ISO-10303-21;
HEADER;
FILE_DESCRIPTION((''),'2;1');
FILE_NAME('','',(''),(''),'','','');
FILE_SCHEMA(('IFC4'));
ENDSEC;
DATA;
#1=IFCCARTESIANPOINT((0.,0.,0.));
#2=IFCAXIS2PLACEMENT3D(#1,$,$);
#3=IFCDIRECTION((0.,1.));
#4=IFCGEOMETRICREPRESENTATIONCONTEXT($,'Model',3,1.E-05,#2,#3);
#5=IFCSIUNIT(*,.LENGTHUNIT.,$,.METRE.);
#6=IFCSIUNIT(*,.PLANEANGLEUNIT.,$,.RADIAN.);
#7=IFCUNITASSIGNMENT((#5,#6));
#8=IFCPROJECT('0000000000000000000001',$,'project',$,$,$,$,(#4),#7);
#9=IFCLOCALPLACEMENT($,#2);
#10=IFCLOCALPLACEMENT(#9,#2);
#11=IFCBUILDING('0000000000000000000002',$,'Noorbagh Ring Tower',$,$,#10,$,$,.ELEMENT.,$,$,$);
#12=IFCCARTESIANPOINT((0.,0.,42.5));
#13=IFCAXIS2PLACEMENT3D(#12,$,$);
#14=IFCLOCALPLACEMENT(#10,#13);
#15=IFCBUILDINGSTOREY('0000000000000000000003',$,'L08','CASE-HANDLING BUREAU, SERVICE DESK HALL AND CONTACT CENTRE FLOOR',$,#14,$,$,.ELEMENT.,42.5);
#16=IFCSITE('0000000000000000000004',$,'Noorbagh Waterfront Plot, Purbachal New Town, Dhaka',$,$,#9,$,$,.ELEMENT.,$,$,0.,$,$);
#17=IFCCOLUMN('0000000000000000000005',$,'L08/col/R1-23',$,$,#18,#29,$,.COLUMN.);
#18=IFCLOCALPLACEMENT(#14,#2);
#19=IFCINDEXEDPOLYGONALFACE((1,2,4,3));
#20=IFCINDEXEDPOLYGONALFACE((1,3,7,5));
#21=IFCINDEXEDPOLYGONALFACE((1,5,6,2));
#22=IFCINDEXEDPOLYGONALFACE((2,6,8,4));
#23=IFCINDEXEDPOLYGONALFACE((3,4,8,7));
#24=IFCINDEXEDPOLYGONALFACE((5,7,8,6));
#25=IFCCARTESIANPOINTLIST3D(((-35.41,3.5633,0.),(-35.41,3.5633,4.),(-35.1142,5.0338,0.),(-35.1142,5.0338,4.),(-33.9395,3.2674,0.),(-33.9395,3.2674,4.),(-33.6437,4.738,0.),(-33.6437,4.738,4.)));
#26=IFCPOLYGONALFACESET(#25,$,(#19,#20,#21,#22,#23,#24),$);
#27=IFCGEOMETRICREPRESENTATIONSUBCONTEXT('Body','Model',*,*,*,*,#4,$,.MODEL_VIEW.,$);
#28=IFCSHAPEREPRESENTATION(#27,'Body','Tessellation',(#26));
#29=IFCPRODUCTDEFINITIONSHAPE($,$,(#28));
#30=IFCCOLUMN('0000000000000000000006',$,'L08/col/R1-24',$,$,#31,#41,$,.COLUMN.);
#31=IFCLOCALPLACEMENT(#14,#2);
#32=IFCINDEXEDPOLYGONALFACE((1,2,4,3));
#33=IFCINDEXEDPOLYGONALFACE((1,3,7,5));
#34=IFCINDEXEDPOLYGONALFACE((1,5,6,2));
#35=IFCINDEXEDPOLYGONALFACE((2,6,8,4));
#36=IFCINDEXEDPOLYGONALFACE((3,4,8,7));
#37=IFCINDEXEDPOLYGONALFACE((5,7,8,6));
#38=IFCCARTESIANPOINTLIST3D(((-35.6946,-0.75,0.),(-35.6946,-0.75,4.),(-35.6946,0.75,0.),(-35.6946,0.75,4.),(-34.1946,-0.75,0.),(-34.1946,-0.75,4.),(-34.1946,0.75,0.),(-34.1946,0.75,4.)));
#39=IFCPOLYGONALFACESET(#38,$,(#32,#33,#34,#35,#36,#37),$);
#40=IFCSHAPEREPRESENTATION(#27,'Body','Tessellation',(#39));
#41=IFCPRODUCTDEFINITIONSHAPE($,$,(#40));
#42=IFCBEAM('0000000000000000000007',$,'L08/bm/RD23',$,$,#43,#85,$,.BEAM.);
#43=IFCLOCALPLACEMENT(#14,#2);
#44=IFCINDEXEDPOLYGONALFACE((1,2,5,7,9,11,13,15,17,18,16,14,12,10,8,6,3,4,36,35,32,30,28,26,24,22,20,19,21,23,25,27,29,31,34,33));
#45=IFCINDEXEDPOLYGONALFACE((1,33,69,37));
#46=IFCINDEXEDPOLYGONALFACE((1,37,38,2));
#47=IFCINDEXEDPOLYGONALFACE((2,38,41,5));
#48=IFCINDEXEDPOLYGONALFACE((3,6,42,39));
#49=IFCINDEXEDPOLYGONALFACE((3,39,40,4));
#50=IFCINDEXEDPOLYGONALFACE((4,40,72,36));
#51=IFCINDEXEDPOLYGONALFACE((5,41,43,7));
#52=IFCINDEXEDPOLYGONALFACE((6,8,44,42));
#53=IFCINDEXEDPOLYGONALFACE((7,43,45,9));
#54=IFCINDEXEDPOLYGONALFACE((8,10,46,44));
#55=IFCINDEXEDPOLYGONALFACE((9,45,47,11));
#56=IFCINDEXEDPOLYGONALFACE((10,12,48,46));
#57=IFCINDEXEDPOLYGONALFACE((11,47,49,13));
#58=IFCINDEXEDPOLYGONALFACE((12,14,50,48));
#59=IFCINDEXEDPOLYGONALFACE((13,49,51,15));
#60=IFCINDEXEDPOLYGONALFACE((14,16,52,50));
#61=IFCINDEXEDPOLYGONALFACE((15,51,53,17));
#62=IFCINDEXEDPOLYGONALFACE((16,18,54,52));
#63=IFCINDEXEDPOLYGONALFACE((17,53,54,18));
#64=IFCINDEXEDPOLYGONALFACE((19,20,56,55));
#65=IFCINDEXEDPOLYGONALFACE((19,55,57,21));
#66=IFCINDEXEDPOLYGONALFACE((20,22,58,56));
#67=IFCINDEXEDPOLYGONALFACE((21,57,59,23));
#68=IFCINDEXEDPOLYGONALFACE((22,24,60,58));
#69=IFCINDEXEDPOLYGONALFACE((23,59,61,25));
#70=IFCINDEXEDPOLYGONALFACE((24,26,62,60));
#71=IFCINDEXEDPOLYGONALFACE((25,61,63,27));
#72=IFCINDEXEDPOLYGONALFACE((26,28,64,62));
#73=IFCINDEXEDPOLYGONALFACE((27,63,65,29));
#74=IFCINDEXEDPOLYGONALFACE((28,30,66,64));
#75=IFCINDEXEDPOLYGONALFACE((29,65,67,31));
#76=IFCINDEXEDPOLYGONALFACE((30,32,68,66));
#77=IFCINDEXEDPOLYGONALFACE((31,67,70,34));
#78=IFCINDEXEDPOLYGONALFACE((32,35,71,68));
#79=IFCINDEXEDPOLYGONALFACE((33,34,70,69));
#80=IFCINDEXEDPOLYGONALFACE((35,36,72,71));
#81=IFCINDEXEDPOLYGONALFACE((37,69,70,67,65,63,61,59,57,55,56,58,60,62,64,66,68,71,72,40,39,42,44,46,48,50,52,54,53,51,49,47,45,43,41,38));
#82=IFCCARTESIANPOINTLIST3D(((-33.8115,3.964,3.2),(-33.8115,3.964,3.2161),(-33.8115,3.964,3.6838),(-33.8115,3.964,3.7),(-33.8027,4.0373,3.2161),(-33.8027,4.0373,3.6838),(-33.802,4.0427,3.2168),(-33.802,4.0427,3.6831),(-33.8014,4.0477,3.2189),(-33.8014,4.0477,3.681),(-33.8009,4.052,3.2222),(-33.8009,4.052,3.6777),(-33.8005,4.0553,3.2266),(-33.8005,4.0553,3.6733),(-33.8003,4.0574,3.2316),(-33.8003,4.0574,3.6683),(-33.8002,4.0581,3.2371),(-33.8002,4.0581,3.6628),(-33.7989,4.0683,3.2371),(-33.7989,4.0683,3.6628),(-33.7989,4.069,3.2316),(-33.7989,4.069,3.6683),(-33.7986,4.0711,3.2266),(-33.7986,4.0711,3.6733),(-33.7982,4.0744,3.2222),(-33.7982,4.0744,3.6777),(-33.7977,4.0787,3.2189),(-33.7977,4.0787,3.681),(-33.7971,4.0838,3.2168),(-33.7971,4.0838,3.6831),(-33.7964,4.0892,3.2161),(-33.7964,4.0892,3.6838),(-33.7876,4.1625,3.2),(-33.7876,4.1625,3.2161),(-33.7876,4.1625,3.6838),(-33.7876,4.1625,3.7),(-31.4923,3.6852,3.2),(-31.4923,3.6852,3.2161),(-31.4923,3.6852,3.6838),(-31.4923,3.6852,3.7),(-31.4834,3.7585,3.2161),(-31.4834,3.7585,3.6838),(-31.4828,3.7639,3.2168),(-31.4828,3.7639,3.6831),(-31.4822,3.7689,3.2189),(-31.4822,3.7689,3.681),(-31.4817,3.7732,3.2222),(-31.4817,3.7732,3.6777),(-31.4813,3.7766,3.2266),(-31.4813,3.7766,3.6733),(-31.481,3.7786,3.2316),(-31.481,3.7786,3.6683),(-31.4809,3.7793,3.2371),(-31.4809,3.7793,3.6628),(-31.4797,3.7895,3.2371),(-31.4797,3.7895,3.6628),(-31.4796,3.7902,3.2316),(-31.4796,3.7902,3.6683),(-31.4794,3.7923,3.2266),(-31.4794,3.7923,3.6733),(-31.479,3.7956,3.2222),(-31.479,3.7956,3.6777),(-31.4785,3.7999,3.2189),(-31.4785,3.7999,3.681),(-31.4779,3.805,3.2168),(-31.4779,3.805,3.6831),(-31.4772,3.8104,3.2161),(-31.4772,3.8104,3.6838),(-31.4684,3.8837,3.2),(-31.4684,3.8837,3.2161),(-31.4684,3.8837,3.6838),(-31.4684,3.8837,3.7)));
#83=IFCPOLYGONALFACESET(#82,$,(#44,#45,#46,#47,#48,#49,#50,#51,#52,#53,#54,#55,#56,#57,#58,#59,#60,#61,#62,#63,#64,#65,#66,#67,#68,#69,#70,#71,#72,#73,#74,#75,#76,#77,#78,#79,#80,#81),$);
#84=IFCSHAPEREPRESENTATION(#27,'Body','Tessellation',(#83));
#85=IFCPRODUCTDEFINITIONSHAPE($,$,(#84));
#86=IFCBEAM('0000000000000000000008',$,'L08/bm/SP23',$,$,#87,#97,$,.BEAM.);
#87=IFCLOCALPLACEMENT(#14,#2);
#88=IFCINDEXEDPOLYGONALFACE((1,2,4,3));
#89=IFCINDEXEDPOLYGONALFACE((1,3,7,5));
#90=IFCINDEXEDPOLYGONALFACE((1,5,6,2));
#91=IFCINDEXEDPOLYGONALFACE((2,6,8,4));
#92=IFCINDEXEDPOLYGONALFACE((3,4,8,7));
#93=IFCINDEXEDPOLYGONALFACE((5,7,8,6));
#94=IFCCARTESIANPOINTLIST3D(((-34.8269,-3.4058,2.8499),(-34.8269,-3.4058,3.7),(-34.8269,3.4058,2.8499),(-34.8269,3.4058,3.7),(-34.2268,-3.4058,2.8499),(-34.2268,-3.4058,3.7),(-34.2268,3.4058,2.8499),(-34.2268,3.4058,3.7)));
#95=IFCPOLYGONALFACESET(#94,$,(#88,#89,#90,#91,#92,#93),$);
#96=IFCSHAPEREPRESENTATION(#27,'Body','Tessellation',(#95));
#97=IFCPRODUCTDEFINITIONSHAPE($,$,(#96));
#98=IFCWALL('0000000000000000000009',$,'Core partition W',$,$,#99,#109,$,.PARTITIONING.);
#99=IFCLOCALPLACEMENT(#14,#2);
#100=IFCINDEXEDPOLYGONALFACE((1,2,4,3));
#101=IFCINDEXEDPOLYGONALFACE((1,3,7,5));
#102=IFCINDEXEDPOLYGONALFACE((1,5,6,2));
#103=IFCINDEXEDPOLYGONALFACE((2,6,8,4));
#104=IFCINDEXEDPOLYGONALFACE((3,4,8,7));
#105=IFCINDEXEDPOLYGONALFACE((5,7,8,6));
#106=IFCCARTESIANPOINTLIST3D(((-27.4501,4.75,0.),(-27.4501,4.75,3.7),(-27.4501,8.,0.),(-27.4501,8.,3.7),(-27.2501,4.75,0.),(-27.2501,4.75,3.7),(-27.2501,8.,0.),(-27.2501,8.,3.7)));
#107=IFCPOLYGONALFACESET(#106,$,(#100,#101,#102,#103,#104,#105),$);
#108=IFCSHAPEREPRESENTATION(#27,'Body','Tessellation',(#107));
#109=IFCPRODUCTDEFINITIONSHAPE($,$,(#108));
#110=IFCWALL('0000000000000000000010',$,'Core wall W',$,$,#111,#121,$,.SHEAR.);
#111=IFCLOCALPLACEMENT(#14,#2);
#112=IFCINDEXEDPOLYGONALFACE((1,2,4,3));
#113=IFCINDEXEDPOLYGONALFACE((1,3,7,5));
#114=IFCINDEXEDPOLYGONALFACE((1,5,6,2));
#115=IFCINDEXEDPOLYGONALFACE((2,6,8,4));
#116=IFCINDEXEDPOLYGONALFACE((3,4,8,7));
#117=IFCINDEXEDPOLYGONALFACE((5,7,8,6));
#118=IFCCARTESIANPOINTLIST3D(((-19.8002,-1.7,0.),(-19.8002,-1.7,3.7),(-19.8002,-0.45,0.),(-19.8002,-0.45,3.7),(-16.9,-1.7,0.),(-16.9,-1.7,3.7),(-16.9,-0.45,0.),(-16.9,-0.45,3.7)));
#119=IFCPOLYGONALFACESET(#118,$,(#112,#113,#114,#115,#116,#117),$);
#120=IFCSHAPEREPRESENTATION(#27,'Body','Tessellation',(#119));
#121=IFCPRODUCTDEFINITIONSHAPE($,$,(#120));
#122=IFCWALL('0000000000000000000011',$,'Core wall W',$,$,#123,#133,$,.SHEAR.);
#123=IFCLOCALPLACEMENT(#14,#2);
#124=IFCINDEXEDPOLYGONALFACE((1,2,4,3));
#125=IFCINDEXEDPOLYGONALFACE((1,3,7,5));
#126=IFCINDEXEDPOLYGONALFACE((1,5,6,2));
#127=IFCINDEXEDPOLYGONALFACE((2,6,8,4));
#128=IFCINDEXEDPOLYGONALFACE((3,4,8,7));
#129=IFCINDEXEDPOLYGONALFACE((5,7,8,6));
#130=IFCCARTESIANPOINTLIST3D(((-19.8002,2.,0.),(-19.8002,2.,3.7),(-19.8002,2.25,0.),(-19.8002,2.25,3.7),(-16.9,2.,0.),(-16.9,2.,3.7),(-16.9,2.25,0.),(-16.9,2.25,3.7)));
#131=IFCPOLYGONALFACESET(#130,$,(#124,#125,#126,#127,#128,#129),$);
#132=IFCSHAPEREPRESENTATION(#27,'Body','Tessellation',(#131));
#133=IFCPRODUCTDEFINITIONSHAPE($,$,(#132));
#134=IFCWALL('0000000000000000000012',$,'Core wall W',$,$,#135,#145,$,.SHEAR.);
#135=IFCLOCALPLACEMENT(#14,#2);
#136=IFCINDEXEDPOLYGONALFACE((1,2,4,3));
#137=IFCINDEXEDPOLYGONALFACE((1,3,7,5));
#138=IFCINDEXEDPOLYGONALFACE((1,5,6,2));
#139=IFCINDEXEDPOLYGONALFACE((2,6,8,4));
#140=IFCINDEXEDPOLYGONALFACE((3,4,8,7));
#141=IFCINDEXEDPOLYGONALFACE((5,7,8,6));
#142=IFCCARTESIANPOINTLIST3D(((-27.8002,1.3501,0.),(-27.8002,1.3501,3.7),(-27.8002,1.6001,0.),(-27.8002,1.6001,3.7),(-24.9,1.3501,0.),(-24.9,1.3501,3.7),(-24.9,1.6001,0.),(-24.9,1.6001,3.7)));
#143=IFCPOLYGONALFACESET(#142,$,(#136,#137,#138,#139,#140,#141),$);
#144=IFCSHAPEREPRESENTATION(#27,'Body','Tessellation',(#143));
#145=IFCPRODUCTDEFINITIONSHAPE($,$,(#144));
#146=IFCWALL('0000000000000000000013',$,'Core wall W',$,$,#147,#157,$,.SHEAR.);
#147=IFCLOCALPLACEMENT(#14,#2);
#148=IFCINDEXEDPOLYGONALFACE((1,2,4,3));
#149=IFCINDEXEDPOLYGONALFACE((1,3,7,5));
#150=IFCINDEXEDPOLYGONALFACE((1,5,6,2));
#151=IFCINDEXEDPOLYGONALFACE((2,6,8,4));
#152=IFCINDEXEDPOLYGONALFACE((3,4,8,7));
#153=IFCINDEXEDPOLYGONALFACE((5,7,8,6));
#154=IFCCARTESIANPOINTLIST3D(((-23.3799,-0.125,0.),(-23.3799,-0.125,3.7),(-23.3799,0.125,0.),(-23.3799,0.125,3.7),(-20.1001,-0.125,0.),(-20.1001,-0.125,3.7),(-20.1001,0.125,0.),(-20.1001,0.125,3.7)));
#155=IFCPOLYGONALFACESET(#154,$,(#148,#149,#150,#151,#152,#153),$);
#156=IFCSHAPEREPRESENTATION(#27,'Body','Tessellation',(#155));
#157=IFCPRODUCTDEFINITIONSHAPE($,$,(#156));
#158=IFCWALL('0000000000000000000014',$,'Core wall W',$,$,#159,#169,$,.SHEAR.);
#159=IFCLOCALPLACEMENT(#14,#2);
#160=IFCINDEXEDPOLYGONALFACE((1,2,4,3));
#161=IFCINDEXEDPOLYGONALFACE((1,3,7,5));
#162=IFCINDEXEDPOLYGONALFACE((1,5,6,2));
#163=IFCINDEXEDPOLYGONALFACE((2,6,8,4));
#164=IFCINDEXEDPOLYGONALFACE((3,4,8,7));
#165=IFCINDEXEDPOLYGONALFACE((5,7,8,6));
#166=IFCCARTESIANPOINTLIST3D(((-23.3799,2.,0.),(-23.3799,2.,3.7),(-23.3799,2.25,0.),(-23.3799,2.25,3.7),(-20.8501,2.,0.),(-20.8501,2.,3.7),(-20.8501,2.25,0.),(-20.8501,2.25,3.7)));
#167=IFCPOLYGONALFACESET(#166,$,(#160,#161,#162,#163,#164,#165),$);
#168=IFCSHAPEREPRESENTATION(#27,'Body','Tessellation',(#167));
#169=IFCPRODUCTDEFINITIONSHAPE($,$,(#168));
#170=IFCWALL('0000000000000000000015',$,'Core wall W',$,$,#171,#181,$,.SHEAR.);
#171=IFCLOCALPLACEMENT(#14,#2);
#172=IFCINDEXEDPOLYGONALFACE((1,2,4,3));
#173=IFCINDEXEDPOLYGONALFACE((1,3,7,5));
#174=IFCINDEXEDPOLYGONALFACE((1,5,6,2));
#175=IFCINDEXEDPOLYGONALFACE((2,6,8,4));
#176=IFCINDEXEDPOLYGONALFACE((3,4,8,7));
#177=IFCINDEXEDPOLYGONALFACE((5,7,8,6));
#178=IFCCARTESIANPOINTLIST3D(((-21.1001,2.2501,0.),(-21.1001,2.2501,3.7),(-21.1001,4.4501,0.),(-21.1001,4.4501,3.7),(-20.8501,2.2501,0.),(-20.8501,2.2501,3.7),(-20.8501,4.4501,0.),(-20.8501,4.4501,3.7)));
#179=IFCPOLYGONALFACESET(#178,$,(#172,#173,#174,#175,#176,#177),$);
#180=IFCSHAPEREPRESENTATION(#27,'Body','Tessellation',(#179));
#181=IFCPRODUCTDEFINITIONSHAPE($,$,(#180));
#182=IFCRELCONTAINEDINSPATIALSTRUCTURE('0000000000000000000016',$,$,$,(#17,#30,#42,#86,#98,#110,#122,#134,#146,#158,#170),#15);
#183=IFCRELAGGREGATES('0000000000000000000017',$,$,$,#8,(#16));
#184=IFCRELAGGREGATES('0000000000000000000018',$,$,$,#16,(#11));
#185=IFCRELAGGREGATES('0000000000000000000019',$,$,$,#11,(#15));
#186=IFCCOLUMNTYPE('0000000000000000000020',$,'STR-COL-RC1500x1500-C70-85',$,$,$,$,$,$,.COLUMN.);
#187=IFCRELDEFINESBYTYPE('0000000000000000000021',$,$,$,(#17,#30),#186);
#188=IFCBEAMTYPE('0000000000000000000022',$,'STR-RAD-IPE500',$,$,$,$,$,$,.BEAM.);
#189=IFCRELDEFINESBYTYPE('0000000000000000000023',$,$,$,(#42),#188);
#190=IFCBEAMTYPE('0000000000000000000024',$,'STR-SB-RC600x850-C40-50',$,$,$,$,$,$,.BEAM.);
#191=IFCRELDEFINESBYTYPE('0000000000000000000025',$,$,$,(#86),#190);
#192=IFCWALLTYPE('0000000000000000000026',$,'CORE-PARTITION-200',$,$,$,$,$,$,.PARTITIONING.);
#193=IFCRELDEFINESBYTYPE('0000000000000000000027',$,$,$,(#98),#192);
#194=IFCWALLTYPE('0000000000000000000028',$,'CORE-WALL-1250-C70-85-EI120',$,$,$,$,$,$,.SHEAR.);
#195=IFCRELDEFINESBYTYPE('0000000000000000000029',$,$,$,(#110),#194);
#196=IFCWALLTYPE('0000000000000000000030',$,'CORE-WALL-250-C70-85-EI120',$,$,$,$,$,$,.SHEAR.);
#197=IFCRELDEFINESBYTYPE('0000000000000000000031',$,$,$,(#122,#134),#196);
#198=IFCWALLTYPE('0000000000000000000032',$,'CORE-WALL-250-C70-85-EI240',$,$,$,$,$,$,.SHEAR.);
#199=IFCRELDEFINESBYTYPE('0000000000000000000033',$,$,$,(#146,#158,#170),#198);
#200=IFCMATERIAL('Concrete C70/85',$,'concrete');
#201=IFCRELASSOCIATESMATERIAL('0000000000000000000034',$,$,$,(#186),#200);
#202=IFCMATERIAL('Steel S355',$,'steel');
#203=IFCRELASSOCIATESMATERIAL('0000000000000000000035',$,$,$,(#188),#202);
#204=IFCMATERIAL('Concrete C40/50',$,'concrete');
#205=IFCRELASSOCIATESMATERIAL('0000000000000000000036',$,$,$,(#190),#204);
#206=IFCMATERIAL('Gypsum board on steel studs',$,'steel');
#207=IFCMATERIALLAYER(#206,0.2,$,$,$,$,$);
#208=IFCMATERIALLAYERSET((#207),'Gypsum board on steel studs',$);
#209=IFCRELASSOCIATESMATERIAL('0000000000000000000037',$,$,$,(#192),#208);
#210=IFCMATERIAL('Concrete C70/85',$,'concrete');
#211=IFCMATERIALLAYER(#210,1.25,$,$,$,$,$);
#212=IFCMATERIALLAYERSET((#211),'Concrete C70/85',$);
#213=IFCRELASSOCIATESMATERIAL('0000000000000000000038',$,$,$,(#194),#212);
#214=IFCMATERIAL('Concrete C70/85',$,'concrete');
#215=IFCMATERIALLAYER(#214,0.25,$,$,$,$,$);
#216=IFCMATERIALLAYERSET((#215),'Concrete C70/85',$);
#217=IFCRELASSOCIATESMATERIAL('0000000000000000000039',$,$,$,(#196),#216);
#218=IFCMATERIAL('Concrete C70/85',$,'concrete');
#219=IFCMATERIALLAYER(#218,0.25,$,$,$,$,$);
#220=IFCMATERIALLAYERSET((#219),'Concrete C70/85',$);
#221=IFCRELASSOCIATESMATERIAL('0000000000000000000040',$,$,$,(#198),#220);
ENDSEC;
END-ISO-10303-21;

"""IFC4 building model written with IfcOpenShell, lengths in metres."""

from ifc_helpers import new_model, si_unit, direction, frame, frame_2d, origin, origin_2d, place, context, subcontext, project, spatial, rectangle, i_section, extrude, material, layer, layer_set, material_profile, profile_set, type_object, element, save


model = new_model("IFC4")

# Units and contexts
model_context = context("Model", 3, precision=1e-05, world=origin(), true_north=direction((0.0, 1.0)))
body_context = subcontext(model_context, "Body", "Model", "MODEL_VIEW")
ifc_project = project(units=[si_unit("LENGTHUNIT", "METRE"), si_unit("PLANEANGLEUNIT", "RADIAN")], contexts=[model_context])

# Site, building, storey
site_placement = place(None, origin())
site = spatial("IfcSite", under=ifc_project, at=site_placement, Name="Noorbagh Waterfront Plot, Purbachal New Town, Dhaka", CompositionType="ELEMENT", RefElevation=0.0)
building_placement = place(site_placement, origin())
building = spatial("IfcBuilding", under=site, at=building_placement, Name="Noorbagh Ring Tower", CompositionType="ELEMENT")
storey_placement = place(building_placement, frame((0.0, 0.0, 42.5)))
storey = spatial("IfcBuildingStorey", under=building, at=storey_placement, Name="L08", Description="CASE-HANDLING BUREAU, SERVICE DESK HALL AND CONTACT CENTRE FLOOR", CompositionType="ELEMENT", Elevation=42.5)

# Columns
ifc_material_1 = material(Name="Concrete C70/85", Category="concrete")
ifc_material_profile_1 = material_profile(ifc_material_1, rectangle(XDim=1.5, YDim=1.5, at=origin_2d()), Name="RC1500x1500")
ifc_profile_set_1 = profile_set([ifc_material_profile_1], Name="Concrete C70/85")
column_type = type_object("IfcColumnType", Name="STR-COL-RC1500x1500-C70-85", PredefinedType="COLUMN", material=ifc_profile_set_1)
for number, where, z_axis, x_axis, name in (
    (1, (-34.5269, 4.1506, 0.0), (0.0, 0.0, 1.0), (-0.19723, -0.980357, 0.0), "L08/col/R1-23"),
    (2, (-34.9446, 0.0, 0.0), (0.0, 0.0, 1.0), (0.0, -1.0, 0.0), "L08/col/R1-24"),
):
    element("IfcColumn", number, at=place(storey_placement, frame(where, z_axis=z_axis, x_axis=x_axis)), inside=storey, type_object=column_type, Name=name, PredefinedType="COLUMN", context=body_context, shape_type="SweptSolid", body=[
        extrude(rectangle(XDim=1.5, YDim=1.5, at=origin_2d()), origin(), (0.0, 0.0, 1.0), 4.0),
    ])

# Beams
ifc_material_2 = material(Name="Steel S355", Category="steel")
ifc_material_profile_2 = material_profile(ifc_material_2, i_section(OverallWidth=0.2, OverallDepth=0.5, WebThickness=0.0103, FlangeThickness=0.0161, FilletRadius=0.021, at=origin_2d()), Name="IPE500")
ifc_profile_set_2 = profile_set([ifc_material_profile_2], Name="Steel S355")
beam_type_1 = type_object("IfcBeamType", Name="STR-RAD-IPE500", PredefinedType="BEAM", material=ifc_profile_set_2)
beam_1_placement = place(storey_placement, frame((-33.7996, 4.0632, 3.45), z_axis=(0.992852, -0.119351, 0.0), x_axis=(0.119351, 0.992852, 0.0)))
element("IfcBeam", 3, at=beam_1_placement, inside=storey, type_object=beam_type_1, Name="L08/bm/RD23", PredefinedType="BEAM", context=body_context, shape_type="SweptSolid", body=[
    extrude(i_section(OverallWidth=0.2, OverallDepth=0.5, WebThickness=0.0103, FlangeThickness=0.0161, FilletRadius=0.021, at=origin_2d()), origin(), (0.0, 0.0, 1.0), 2.3359),
])
ifc_material_3 = material(Name="Concrete C40/50", Category="concrete")
ifc_material_profile_3 = material_profile(ifc_material_3, rectangle(XDim=0.6001, YDim=0.8501, at=origin_2d()), Name="RC600x850")
ifc_profile_set_3 = profile_set([ifc_material_profile_3], Name="Concrete C40/50")
beam_type_2 = type_object("IfcBeamType", Name="STR-SB-RC600x850-C40-50", PredefinedType="BEAM", material=ifc_profile_set_3)
beam_2_placement = place(storey_placement, frame((-34.5269, 3.4058, 3.2749), z_axis=(0.0, -1.0, 0.0), x_axis=(1.0, 0.0, 0.0)))
element("IfcBeam", 4, at=beam_2_placement, inside=storey, type_object=beam_type_2, Name="L08/bm/SP23", PredefinedType="BEAM", context=body_context, shape_type="SweptSolid", body=[
    extrude(rectangle(XDim=0.6001, YDim=0.8501, at=origin_2d()), origin(), (0.0, 0.0, 1.0), 6.8115),
])

# Walls
ifc_material_4 = material(Name="Gypsum board on steel studs", Category="steel")
ifc_layer_1 = layer(ifc_material_4, 0.2)
ifc_layer_set_1 = layer_set([ifc_layer_1], Name="Gypsum board on steel studs")
wall_type_1 = type_object("IfcWallType", Name="CORE-PARTITION-200", PredefinedType="PARTITIONING", material=ifc_layer_set_1)
wall_1_placement = place(storey_placement, frame((-27.3501, 4.75, 0.0), z_axis=(0.0, 0.0, 1.0), x_axis=(0.0, 1.0, 0.0)))
element("IfcWall", 5, at=wall_1_placement, inside=storey, type_object=wall_type_1, Name="Core partition W", PredefinedType="PARTITIONING", context=body_context, shape_type="SweptSolid", body=[
    extrude(rectangle(XDim=3.25, YDim=0.2, at=frame_2d((1.625, 0.0))), origin(), (0.0, 0.0, 1.0), 3.7),
])
ifc_material_5 = material(Name="Concrete C70/85", Category="concrete")
ifc_layer_2 = layer(ifc_material_5, 1.25)
ifc_layer_set_2 = layer_set([ifc_layer_2], Name="Concrete C70/85")
wall_type_2 = type_object("IfcWallType", Name="CORE-WALL-1250-C70-85-EI120", PredefinedType="SHEAR", material=ifc_layer_set_2)
wall_2_placement = place(storey_placement, frame((-16.8999, -1.075, 0.0), z_axis=(0.0, 0.0, 1.0), x_axis=(-1.0, 0.0, 0.0)))
element("IfcWall", 6, at=wall_2_placement, inside=storey, type_object=wall_type_2, Name="Core wall W", PredefinedType="SHEAR", context=body_context, shape_type="SweptSolid", body=[
    extrude(rectangle(XDim=2.9001, YDim=1.25, at=frame_2d((1.4502, 0.0))), origin(), (0.0, 0.0, 1.0), 3.7),
])
ifc_material_6 = material(Name="Concrete C70/85", Category="concrete")
ifc_layer_3 = layer(ifc_material_6, 0.25)
ifc_layer_set_3 = layer_set([ifc_layer_3], Name="Concrete C70/85")
wall_type_3 = type_object("IfcWallType", Name="CORE-WALL-250-C70-85-EI120", PredefinedType="SHEAR", material=ifc_layer_set_3)
for number, where, z_axis, x_axis, name in (
    (7, (-16.8999, 2.125, 0.0), (0.0, 0.0, 1.0), (-1.0, 0.0, 0.0), "Core wall W"),
    (8, (-24.8999, 1.4751, 0.0), (0.0, 0.0, 1.0), (-1.0, 0.0, 0.0), "Core wall W"),
):
    element("IfcWall", number, at=place(storey_placement, frame(where, z_axis=z_axis, x_axis=x_axis)), inside=storey, type_object=wall_type_3, Name=name, PredefinedType="SHEAR", context=body_context, shape_type="SweptSolid", body=[
        extrude(rectangle(XDim=2.9001, YDim=0.25, at=frame_2d((1.4502, 0.0))), origin(), (0.0, 0.0, 1.0), 3.7),
    ])
ifc_material_7 = material(Name="Concrete C70/85", Category="concrete")
ifc_layer_4 = layer(ifc_material_7, 0.25)
ifc_layer_set_4 = layer_set([ifc_layer_4], Name="Concrete C70/85")
wall_type_4 = type_object("IfcWallType", Name="CORE-WALL-250-C70-85-EI240", PredefinedType="SHEAR", material=ifc_layer_set_4)
wall_3_placement = place(storey_placement, frame((-20.1001, 0.0, 0.0), z_axis=(0.0, 0.0, 1.0), x_axis=(-1.0, 0.0, 0.0)))
element("IfcWall", 9, at=wall_3_placement, inside=storey, type_object=wall_type_4, Name="Core wall W", PredefinedType="SHEAR", context=body_context, shape_type="SweptSolid", body=[
    extrude(rectangle(XDim=3.2798, YDim=0.25, at=frame_2d((1.6399, 0.0))), origin(), (0.0, 0.0, 1.0), 3.7),
])
wall_4_placement = place(storey_placement, frame((-20.8501, 2.125, 0.0), z_axis=(0.0, 0.0, 1.0), x_axis=(-1.0, 0.0, 0.0)))
element("IfcWall", 10, at=wall_4_placement, inside=storey, type_object=wall_type_4, Name="Core wall W", PredefinedType="SHEAR", context=body_context, shape_type="SweptSolid", body=[
    extrude(rectangle(XDim=2.5298, YDim=0.25, at=frame_2d((1.2649, 0.0))), origin(), (0.0, 0.0, 1.0), 3.7),
])
wall_5_placement = place(storey_placement, frame((-20.9751, 2.25, 0.0), z_axis=(0.0, 0.0, 1.0), x_axis=(0.0, 1.0, 0.0)))
element("IfcWall", 11, at=wall_5_placement, inside=storey, type_object=wall_type_4, Name="Core wall W", PredefinedType="SHEAR", context=body_context, shape_type="SweptSolid", body=[
    extrude(rectangle(XDim=2.2, YDim=0.25, at=frame_2d((1.1001, 0.0))), origin(), (0.0, 0.0, 1.0), 3.7),
])

save(model, "model.ifc")
